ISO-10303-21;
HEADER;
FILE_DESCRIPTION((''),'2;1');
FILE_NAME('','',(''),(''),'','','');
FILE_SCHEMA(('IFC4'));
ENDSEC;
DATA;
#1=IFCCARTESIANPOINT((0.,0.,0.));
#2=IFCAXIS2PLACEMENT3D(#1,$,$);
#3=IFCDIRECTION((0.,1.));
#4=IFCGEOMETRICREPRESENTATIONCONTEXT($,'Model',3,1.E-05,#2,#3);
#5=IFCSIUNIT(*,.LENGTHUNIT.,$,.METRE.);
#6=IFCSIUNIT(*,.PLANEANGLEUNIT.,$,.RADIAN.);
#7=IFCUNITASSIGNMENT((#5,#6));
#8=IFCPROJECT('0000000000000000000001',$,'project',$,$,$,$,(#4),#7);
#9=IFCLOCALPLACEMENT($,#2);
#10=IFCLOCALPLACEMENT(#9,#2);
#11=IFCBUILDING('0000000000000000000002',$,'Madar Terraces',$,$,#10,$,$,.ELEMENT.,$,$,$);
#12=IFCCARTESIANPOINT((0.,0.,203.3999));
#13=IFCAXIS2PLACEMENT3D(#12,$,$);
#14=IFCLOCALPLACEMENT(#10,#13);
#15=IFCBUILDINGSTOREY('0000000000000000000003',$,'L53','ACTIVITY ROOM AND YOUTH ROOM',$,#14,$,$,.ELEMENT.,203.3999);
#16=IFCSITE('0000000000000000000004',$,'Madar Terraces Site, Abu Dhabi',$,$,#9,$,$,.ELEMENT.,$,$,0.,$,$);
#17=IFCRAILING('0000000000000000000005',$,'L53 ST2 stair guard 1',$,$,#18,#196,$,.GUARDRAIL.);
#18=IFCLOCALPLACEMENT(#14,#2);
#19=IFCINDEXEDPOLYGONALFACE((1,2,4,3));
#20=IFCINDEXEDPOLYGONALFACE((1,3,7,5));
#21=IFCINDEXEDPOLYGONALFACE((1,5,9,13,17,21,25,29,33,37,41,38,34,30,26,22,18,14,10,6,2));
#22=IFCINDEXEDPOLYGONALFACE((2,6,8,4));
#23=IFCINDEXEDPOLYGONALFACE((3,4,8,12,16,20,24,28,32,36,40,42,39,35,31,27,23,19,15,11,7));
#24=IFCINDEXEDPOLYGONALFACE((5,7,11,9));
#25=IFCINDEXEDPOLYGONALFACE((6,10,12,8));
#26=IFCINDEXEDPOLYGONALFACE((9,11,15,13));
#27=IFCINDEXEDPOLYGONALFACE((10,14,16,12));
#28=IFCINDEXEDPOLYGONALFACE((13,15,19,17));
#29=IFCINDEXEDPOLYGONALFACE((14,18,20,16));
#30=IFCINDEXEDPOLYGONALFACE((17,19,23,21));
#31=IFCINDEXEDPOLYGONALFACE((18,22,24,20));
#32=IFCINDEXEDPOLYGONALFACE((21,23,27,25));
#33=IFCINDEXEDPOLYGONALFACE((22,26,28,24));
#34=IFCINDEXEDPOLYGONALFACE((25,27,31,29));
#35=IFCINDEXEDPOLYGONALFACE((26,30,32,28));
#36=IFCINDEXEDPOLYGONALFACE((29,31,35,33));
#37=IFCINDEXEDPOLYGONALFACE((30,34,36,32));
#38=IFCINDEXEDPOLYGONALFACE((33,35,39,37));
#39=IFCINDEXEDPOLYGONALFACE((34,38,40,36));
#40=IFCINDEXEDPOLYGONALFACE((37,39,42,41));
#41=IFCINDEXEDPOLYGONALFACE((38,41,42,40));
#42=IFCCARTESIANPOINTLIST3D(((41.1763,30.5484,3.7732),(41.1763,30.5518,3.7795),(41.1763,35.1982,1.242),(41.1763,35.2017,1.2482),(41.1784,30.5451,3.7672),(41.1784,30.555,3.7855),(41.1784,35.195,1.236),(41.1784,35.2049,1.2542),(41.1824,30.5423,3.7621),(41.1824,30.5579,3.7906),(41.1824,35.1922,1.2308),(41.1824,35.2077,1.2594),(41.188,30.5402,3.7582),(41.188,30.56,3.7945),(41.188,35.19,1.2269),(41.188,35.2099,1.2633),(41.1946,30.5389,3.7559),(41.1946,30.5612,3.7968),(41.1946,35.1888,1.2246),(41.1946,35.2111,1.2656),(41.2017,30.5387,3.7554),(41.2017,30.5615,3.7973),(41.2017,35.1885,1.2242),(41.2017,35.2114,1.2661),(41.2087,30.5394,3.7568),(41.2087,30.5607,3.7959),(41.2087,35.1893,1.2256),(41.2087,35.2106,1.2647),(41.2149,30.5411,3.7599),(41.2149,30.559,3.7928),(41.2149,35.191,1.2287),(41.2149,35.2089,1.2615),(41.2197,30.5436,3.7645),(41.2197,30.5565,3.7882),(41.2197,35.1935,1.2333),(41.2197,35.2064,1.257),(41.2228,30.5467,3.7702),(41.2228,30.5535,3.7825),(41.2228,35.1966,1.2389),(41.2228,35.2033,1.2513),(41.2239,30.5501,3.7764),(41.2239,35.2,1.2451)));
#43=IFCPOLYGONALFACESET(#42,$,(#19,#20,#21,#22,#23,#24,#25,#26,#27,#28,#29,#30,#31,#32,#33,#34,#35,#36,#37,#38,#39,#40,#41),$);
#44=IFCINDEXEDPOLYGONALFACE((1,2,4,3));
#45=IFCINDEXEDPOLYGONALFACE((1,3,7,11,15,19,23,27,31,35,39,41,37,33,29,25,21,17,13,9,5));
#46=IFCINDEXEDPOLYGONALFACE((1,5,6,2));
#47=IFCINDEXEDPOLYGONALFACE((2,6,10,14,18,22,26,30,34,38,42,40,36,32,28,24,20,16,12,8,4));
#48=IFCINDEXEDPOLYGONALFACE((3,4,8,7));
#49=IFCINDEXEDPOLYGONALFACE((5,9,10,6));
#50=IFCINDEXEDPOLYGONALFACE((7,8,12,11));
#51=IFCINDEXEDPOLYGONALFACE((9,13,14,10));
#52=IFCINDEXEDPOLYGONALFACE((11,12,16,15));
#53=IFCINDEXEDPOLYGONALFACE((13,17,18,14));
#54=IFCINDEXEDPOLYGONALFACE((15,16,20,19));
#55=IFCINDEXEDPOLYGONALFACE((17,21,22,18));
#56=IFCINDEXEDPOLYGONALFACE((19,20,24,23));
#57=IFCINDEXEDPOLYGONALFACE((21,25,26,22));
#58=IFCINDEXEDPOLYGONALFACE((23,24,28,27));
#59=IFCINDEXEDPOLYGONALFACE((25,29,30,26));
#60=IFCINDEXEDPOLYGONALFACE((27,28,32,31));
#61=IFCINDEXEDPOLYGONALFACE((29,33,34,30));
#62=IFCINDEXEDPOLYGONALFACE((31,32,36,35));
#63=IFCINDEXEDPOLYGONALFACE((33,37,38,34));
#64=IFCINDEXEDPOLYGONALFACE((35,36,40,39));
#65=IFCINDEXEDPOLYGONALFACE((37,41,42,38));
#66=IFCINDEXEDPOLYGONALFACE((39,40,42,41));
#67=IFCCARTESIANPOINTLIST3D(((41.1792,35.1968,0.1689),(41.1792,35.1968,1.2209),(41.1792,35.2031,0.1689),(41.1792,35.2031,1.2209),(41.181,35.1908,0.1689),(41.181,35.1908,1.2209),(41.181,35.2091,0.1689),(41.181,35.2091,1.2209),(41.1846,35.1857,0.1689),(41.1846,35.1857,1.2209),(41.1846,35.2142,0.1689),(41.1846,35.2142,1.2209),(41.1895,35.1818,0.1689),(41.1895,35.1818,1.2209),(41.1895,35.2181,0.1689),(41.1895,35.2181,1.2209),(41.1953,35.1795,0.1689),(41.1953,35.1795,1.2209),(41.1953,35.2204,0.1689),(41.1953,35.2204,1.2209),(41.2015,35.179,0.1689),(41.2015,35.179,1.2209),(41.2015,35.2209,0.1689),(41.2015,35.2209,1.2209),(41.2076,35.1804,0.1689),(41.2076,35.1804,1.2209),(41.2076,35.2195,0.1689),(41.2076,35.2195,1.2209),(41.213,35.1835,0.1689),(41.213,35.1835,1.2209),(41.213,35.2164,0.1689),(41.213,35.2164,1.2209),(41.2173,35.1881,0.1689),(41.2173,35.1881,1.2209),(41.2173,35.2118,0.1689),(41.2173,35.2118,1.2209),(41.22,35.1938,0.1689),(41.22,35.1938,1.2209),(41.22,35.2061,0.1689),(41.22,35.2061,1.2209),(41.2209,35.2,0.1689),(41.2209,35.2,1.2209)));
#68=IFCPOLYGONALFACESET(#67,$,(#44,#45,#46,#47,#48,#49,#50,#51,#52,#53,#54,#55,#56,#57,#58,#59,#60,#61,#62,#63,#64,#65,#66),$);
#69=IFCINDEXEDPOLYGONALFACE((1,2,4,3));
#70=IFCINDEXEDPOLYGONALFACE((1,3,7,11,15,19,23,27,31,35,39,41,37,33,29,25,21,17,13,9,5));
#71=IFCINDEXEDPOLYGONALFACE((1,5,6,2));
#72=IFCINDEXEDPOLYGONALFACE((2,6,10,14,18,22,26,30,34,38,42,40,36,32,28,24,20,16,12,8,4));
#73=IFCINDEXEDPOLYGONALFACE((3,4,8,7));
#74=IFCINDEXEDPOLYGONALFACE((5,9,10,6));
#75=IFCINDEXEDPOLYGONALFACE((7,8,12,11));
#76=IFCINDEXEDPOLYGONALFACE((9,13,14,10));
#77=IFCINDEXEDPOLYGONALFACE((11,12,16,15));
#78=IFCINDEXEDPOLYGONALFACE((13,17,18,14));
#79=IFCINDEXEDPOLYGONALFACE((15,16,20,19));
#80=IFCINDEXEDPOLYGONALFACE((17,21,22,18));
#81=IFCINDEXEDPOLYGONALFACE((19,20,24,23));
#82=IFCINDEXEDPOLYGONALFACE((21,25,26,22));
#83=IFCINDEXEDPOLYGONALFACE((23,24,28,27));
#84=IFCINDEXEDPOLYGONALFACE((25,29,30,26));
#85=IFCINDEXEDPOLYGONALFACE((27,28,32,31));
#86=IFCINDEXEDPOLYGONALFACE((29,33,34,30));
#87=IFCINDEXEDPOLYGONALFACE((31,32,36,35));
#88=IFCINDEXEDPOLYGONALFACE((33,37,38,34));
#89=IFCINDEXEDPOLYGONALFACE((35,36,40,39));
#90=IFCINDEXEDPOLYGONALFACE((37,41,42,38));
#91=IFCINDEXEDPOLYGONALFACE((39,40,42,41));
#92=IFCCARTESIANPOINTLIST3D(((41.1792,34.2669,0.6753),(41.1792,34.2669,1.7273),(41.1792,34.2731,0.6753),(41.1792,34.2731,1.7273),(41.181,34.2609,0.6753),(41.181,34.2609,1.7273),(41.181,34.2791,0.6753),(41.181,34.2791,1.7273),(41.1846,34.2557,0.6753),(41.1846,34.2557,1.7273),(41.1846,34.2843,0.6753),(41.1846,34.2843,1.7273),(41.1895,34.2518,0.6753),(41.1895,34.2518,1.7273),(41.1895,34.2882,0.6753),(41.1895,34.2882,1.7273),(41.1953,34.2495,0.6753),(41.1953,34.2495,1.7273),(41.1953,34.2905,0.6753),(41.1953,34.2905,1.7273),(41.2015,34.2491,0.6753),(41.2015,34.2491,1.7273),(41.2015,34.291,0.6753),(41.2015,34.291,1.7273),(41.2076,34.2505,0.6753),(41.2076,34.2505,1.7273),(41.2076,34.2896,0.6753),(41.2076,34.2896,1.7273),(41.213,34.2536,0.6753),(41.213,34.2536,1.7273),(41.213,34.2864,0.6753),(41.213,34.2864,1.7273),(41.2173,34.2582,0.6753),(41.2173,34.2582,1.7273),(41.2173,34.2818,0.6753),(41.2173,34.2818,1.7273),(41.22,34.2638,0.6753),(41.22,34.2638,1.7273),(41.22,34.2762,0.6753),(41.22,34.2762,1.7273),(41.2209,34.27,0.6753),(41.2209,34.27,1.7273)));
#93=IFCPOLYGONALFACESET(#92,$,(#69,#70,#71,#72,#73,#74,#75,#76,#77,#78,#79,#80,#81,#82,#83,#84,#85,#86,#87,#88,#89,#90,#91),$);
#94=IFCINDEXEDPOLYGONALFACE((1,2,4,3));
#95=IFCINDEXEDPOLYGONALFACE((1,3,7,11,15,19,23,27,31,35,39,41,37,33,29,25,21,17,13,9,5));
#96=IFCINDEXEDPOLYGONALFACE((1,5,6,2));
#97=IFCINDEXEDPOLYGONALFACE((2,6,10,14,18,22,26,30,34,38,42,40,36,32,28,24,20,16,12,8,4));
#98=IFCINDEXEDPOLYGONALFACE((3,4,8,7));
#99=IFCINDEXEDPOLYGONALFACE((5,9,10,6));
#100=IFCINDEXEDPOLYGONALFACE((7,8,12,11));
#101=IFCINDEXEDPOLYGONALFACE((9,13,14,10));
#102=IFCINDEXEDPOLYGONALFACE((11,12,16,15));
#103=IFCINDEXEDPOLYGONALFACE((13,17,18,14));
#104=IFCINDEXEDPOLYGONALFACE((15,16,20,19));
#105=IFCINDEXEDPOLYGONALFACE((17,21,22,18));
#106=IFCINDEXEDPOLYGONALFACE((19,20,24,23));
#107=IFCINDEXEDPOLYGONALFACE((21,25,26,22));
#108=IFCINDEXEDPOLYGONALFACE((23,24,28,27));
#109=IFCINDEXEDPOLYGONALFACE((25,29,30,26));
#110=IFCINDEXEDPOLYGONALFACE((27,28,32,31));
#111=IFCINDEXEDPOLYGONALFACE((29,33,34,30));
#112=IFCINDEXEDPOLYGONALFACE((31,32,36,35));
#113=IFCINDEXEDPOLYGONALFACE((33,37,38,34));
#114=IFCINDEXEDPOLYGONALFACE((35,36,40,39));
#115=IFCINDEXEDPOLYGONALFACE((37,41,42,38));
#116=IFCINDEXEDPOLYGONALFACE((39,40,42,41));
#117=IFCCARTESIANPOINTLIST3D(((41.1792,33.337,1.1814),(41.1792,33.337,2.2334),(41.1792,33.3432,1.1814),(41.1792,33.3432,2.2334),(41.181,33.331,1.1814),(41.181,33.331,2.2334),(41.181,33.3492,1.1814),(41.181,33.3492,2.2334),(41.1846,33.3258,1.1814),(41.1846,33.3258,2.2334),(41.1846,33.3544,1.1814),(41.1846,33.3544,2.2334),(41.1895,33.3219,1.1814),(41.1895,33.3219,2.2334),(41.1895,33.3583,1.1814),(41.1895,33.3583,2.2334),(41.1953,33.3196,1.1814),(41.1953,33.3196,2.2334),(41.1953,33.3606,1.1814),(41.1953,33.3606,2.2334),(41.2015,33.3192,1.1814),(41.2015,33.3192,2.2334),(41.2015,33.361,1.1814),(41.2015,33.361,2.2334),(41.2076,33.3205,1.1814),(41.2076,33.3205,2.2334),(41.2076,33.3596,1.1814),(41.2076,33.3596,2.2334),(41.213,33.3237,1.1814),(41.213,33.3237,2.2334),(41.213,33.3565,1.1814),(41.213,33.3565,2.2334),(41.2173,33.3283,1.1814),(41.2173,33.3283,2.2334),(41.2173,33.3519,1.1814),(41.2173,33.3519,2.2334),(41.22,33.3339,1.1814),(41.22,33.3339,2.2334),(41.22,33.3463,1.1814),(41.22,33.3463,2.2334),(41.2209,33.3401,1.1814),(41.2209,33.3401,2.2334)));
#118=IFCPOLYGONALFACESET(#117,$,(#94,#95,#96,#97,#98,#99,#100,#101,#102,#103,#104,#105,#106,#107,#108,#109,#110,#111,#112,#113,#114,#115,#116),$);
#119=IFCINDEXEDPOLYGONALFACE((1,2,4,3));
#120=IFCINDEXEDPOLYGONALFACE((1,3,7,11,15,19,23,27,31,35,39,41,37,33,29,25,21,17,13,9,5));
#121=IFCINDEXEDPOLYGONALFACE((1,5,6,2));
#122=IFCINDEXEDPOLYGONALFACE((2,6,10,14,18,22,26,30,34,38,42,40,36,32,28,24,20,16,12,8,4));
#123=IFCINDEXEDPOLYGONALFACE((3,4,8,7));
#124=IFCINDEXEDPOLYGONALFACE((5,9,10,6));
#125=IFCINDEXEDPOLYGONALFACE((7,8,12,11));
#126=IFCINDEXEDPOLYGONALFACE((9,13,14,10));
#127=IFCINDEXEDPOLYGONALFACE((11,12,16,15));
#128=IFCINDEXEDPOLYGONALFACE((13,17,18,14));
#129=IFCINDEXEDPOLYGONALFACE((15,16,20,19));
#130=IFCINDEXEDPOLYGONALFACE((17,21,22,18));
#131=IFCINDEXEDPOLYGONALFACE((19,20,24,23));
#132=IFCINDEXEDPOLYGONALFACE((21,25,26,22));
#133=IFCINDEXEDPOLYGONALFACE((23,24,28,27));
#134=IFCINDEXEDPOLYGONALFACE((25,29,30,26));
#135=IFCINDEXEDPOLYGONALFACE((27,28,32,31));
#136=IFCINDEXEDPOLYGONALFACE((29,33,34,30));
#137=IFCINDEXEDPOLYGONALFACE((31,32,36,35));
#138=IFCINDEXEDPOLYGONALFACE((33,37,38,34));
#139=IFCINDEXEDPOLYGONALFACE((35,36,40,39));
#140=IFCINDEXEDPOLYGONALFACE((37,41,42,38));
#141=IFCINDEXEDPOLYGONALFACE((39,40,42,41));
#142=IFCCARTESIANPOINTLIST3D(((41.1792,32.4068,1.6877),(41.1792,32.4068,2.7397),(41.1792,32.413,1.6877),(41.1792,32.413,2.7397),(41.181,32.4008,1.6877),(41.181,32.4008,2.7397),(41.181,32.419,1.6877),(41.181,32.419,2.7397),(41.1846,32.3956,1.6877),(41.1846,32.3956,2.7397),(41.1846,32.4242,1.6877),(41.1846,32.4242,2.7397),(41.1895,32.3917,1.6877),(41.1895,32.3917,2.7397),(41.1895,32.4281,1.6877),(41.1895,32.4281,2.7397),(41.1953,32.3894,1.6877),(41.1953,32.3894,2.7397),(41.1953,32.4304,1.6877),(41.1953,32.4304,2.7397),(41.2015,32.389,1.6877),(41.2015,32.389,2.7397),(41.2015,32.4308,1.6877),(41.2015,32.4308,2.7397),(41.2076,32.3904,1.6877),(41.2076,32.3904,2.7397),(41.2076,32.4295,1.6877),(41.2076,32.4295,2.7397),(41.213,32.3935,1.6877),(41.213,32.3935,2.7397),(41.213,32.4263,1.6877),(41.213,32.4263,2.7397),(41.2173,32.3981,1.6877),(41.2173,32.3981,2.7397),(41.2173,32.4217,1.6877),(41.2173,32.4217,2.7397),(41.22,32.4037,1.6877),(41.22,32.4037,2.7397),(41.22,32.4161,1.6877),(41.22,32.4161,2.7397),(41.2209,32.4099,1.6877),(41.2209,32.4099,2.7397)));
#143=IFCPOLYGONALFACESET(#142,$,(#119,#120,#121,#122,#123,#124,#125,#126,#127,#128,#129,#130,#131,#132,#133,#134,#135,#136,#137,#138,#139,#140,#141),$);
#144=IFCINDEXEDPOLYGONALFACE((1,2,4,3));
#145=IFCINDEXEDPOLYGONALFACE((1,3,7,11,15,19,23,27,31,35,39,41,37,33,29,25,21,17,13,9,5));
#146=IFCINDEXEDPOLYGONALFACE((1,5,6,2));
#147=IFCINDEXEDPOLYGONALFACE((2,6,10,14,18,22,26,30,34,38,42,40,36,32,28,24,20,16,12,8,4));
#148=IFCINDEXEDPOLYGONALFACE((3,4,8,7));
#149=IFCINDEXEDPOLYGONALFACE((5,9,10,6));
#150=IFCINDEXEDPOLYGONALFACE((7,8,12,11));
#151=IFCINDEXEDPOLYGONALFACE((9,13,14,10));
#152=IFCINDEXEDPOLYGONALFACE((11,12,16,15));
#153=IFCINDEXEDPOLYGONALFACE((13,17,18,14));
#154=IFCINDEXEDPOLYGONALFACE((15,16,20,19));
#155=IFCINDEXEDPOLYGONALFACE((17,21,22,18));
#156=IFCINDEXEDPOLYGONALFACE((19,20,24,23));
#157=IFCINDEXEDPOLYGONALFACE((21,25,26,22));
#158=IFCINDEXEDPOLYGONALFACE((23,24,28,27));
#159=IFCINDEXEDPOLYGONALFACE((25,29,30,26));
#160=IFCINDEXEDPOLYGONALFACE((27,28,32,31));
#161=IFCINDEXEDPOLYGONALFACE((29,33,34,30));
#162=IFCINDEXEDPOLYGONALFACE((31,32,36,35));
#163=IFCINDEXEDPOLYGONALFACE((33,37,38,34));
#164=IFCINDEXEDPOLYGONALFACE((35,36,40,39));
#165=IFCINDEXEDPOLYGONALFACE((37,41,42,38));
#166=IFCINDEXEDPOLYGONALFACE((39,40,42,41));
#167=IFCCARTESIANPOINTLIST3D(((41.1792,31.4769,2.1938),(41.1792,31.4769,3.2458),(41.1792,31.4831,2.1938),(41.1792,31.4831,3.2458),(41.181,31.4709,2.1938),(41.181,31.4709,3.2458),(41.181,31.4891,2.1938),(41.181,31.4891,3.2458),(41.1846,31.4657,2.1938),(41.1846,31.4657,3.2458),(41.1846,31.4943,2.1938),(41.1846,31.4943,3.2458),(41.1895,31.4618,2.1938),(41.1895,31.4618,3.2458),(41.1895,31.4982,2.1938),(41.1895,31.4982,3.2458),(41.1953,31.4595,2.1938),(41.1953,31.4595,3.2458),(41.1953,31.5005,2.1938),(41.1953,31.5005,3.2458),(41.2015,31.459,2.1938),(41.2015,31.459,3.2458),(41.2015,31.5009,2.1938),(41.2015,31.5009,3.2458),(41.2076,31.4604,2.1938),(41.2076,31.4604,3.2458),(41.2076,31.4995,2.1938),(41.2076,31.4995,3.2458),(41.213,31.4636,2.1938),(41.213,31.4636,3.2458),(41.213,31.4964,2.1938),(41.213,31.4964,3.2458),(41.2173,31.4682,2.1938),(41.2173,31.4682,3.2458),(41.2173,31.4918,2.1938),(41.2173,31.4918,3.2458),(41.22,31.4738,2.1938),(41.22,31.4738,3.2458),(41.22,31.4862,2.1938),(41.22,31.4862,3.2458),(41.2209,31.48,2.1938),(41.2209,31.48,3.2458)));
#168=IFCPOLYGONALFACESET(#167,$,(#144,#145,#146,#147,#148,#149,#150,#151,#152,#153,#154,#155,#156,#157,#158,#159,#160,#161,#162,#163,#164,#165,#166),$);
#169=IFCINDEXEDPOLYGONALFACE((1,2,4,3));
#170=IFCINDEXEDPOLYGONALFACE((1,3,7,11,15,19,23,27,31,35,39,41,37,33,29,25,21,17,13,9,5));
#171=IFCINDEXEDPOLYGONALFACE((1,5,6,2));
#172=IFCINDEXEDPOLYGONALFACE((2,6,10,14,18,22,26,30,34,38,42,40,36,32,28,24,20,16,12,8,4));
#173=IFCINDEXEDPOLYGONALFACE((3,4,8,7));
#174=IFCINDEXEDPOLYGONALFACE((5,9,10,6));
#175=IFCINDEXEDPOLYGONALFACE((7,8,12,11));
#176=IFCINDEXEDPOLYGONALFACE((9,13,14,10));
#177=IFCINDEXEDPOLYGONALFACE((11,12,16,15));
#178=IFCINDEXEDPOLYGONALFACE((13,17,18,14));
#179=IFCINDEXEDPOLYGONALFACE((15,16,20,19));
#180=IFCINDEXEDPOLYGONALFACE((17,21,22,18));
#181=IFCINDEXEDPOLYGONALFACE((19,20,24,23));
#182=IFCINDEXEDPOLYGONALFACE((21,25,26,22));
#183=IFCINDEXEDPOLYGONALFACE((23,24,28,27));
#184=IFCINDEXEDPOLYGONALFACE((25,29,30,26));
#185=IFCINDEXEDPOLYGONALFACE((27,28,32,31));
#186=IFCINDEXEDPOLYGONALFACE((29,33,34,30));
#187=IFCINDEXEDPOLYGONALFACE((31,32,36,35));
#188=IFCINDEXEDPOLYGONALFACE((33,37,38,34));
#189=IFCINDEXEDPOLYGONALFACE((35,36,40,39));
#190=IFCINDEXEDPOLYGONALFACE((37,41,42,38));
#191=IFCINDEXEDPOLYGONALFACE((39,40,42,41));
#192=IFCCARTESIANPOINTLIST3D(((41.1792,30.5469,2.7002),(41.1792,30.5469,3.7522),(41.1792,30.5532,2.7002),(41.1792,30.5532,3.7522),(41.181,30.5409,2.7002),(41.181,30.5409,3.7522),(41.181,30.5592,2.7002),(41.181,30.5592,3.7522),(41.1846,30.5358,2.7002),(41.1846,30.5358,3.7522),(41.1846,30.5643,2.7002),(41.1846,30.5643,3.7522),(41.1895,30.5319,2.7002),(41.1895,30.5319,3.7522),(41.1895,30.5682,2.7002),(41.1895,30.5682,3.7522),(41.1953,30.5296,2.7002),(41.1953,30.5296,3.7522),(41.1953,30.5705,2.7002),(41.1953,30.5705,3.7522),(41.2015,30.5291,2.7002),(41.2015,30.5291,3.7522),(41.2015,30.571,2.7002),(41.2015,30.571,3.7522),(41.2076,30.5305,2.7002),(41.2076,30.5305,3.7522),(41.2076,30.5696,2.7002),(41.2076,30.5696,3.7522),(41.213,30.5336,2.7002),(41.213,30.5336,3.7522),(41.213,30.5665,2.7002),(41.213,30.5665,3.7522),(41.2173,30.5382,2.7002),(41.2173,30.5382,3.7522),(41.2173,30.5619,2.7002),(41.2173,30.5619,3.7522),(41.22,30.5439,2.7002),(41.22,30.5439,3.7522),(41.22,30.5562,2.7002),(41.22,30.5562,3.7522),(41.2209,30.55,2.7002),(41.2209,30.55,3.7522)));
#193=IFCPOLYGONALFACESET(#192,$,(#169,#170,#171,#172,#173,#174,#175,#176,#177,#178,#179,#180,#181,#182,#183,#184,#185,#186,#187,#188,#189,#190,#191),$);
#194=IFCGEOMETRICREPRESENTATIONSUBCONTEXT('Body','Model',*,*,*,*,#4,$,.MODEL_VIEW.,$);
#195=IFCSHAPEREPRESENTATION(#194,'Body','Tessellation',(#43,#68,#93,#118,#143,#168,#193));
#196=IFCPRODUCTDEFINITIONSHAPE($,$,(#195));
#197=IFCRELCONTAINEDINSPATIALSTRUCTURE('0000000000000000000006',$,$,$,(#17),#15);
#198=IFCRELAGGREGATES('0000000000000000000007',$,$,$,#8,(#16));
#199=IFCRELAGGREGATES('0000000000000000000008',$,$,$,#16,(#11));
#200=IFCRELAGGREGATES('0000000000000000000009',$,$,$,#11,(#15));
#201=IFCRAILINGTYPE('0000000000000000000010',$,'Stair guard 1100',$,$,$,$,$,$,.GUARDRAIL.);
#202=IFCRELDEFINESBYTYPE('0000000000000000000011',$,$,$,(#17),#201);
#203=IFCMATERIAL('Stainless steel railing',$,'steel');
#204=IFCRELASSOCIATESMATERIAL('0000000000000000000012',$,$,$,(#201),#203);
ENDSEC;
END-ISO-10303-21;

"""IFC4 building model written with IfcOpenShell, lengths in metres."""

from ifc_helpers import new_model, si_unit, direction, frame, origin, origin_2d, place, context, subcontext, project, spatial, circle, extrude, material, type_object, element, save


model = new_model("IFC4")

# Units and contexts
model_context = context("Model", 3, precision=1e-05, world=origin(), true_north=direction((0.0, 1.0)))
body_context = subcontext(model_context, "Body", "Model", "MODEL_VIEW")
ifc_project = project(units=[si_unit("LENGTHUNIT", "METRE"), si_unit("PLANEANGLEUNIT", "RADIAN")], contexts=[model_context])

# Site, building, storey
site_placement = place(None, origin())
site = spatial("IfcSite", under=ifc_project, at=site_placement, Name="Madar Terraces Site, Abu Dhabi", CompositionType="ELEMENT", RefElevation=0.0)
building_placement = place(site_placement, origin())
building = spatial("IfcBuilding", under=site, at=building_placement, Name="Madar Terraces", CompositionType="ELEMENT")
storey_placement = place(building_placement, frame((0.0, 0.0, 203.3999)))
storey = spatial("IfcBuildingStorey", under=building, at=storey_placement, Name="L53", Description="ACTIVITY ROOM AND YOUTH ROOM", CompositionType="ELEMENT", Elevation=203.3999)

# Railing
ifc_material_1 = material(Name="Stainless steel railing", Category="steel")
railing_type_1 = type_object("IfcRailingType", Name="Stair guard 1100", PredefinedType="GUARDRAIL", material=ifc_material_1)
railing_1_placement = place(storey_placement, frame((41.2, 35.2, 0.1689)))
element("IfcRailing", 1, at=railing_1_placement, inside=storey, type_object=railing_type_1, Name="L53 ST2 stair guard 1", PredefinedType="GUARDRAIL", context=body_context, shape_type="SweptSolid", body=[
    extrude(circle(Radius=0.0239, at=origin_2d()), frame((0.0, 0.0, 1.0762), z_axis=(0.0, -0.878297, 0.478115), x_axis=(1.0, 0.0, 0.0)), (0.0, 0.0, 1.0), 5.2942),
    extrude(circle(Radius=0.021, at=origin_2d()), origin(), (0.0, 0.0, 1.0), 1.052),
    extrude(circle(Radius=0.021, at=origin_2d()), frame((0.0, -0.9299, 0.5063)), (0.0, 0.0, 1.0), 1.052),
    extrude(circle(Radius=0.021, at=origin_2d()), frame((0.0, -1.8599, 1.0125)), (0.0, 0.0, 1.0), 1.052),
    extrude(circle(Radius=0.021, at=origin_2d()), frame((0.0, -2.79, 1.5188)), (0.0, 0.0, 1.0), 1.052),
    extrude(circle(Radius=0.021, at=origin_2d()), frame((0.0, -3.72, 2.0249)), (0.0, 0.0, 1.0), 1.052),
    extrude(circle(Radius=0.021, at=origin_2d()), frame((0.0, -4.6499, 2.5312)), (0.0, 0.0, 1.0), 1.052),
])

save(model, "model.ifc")
